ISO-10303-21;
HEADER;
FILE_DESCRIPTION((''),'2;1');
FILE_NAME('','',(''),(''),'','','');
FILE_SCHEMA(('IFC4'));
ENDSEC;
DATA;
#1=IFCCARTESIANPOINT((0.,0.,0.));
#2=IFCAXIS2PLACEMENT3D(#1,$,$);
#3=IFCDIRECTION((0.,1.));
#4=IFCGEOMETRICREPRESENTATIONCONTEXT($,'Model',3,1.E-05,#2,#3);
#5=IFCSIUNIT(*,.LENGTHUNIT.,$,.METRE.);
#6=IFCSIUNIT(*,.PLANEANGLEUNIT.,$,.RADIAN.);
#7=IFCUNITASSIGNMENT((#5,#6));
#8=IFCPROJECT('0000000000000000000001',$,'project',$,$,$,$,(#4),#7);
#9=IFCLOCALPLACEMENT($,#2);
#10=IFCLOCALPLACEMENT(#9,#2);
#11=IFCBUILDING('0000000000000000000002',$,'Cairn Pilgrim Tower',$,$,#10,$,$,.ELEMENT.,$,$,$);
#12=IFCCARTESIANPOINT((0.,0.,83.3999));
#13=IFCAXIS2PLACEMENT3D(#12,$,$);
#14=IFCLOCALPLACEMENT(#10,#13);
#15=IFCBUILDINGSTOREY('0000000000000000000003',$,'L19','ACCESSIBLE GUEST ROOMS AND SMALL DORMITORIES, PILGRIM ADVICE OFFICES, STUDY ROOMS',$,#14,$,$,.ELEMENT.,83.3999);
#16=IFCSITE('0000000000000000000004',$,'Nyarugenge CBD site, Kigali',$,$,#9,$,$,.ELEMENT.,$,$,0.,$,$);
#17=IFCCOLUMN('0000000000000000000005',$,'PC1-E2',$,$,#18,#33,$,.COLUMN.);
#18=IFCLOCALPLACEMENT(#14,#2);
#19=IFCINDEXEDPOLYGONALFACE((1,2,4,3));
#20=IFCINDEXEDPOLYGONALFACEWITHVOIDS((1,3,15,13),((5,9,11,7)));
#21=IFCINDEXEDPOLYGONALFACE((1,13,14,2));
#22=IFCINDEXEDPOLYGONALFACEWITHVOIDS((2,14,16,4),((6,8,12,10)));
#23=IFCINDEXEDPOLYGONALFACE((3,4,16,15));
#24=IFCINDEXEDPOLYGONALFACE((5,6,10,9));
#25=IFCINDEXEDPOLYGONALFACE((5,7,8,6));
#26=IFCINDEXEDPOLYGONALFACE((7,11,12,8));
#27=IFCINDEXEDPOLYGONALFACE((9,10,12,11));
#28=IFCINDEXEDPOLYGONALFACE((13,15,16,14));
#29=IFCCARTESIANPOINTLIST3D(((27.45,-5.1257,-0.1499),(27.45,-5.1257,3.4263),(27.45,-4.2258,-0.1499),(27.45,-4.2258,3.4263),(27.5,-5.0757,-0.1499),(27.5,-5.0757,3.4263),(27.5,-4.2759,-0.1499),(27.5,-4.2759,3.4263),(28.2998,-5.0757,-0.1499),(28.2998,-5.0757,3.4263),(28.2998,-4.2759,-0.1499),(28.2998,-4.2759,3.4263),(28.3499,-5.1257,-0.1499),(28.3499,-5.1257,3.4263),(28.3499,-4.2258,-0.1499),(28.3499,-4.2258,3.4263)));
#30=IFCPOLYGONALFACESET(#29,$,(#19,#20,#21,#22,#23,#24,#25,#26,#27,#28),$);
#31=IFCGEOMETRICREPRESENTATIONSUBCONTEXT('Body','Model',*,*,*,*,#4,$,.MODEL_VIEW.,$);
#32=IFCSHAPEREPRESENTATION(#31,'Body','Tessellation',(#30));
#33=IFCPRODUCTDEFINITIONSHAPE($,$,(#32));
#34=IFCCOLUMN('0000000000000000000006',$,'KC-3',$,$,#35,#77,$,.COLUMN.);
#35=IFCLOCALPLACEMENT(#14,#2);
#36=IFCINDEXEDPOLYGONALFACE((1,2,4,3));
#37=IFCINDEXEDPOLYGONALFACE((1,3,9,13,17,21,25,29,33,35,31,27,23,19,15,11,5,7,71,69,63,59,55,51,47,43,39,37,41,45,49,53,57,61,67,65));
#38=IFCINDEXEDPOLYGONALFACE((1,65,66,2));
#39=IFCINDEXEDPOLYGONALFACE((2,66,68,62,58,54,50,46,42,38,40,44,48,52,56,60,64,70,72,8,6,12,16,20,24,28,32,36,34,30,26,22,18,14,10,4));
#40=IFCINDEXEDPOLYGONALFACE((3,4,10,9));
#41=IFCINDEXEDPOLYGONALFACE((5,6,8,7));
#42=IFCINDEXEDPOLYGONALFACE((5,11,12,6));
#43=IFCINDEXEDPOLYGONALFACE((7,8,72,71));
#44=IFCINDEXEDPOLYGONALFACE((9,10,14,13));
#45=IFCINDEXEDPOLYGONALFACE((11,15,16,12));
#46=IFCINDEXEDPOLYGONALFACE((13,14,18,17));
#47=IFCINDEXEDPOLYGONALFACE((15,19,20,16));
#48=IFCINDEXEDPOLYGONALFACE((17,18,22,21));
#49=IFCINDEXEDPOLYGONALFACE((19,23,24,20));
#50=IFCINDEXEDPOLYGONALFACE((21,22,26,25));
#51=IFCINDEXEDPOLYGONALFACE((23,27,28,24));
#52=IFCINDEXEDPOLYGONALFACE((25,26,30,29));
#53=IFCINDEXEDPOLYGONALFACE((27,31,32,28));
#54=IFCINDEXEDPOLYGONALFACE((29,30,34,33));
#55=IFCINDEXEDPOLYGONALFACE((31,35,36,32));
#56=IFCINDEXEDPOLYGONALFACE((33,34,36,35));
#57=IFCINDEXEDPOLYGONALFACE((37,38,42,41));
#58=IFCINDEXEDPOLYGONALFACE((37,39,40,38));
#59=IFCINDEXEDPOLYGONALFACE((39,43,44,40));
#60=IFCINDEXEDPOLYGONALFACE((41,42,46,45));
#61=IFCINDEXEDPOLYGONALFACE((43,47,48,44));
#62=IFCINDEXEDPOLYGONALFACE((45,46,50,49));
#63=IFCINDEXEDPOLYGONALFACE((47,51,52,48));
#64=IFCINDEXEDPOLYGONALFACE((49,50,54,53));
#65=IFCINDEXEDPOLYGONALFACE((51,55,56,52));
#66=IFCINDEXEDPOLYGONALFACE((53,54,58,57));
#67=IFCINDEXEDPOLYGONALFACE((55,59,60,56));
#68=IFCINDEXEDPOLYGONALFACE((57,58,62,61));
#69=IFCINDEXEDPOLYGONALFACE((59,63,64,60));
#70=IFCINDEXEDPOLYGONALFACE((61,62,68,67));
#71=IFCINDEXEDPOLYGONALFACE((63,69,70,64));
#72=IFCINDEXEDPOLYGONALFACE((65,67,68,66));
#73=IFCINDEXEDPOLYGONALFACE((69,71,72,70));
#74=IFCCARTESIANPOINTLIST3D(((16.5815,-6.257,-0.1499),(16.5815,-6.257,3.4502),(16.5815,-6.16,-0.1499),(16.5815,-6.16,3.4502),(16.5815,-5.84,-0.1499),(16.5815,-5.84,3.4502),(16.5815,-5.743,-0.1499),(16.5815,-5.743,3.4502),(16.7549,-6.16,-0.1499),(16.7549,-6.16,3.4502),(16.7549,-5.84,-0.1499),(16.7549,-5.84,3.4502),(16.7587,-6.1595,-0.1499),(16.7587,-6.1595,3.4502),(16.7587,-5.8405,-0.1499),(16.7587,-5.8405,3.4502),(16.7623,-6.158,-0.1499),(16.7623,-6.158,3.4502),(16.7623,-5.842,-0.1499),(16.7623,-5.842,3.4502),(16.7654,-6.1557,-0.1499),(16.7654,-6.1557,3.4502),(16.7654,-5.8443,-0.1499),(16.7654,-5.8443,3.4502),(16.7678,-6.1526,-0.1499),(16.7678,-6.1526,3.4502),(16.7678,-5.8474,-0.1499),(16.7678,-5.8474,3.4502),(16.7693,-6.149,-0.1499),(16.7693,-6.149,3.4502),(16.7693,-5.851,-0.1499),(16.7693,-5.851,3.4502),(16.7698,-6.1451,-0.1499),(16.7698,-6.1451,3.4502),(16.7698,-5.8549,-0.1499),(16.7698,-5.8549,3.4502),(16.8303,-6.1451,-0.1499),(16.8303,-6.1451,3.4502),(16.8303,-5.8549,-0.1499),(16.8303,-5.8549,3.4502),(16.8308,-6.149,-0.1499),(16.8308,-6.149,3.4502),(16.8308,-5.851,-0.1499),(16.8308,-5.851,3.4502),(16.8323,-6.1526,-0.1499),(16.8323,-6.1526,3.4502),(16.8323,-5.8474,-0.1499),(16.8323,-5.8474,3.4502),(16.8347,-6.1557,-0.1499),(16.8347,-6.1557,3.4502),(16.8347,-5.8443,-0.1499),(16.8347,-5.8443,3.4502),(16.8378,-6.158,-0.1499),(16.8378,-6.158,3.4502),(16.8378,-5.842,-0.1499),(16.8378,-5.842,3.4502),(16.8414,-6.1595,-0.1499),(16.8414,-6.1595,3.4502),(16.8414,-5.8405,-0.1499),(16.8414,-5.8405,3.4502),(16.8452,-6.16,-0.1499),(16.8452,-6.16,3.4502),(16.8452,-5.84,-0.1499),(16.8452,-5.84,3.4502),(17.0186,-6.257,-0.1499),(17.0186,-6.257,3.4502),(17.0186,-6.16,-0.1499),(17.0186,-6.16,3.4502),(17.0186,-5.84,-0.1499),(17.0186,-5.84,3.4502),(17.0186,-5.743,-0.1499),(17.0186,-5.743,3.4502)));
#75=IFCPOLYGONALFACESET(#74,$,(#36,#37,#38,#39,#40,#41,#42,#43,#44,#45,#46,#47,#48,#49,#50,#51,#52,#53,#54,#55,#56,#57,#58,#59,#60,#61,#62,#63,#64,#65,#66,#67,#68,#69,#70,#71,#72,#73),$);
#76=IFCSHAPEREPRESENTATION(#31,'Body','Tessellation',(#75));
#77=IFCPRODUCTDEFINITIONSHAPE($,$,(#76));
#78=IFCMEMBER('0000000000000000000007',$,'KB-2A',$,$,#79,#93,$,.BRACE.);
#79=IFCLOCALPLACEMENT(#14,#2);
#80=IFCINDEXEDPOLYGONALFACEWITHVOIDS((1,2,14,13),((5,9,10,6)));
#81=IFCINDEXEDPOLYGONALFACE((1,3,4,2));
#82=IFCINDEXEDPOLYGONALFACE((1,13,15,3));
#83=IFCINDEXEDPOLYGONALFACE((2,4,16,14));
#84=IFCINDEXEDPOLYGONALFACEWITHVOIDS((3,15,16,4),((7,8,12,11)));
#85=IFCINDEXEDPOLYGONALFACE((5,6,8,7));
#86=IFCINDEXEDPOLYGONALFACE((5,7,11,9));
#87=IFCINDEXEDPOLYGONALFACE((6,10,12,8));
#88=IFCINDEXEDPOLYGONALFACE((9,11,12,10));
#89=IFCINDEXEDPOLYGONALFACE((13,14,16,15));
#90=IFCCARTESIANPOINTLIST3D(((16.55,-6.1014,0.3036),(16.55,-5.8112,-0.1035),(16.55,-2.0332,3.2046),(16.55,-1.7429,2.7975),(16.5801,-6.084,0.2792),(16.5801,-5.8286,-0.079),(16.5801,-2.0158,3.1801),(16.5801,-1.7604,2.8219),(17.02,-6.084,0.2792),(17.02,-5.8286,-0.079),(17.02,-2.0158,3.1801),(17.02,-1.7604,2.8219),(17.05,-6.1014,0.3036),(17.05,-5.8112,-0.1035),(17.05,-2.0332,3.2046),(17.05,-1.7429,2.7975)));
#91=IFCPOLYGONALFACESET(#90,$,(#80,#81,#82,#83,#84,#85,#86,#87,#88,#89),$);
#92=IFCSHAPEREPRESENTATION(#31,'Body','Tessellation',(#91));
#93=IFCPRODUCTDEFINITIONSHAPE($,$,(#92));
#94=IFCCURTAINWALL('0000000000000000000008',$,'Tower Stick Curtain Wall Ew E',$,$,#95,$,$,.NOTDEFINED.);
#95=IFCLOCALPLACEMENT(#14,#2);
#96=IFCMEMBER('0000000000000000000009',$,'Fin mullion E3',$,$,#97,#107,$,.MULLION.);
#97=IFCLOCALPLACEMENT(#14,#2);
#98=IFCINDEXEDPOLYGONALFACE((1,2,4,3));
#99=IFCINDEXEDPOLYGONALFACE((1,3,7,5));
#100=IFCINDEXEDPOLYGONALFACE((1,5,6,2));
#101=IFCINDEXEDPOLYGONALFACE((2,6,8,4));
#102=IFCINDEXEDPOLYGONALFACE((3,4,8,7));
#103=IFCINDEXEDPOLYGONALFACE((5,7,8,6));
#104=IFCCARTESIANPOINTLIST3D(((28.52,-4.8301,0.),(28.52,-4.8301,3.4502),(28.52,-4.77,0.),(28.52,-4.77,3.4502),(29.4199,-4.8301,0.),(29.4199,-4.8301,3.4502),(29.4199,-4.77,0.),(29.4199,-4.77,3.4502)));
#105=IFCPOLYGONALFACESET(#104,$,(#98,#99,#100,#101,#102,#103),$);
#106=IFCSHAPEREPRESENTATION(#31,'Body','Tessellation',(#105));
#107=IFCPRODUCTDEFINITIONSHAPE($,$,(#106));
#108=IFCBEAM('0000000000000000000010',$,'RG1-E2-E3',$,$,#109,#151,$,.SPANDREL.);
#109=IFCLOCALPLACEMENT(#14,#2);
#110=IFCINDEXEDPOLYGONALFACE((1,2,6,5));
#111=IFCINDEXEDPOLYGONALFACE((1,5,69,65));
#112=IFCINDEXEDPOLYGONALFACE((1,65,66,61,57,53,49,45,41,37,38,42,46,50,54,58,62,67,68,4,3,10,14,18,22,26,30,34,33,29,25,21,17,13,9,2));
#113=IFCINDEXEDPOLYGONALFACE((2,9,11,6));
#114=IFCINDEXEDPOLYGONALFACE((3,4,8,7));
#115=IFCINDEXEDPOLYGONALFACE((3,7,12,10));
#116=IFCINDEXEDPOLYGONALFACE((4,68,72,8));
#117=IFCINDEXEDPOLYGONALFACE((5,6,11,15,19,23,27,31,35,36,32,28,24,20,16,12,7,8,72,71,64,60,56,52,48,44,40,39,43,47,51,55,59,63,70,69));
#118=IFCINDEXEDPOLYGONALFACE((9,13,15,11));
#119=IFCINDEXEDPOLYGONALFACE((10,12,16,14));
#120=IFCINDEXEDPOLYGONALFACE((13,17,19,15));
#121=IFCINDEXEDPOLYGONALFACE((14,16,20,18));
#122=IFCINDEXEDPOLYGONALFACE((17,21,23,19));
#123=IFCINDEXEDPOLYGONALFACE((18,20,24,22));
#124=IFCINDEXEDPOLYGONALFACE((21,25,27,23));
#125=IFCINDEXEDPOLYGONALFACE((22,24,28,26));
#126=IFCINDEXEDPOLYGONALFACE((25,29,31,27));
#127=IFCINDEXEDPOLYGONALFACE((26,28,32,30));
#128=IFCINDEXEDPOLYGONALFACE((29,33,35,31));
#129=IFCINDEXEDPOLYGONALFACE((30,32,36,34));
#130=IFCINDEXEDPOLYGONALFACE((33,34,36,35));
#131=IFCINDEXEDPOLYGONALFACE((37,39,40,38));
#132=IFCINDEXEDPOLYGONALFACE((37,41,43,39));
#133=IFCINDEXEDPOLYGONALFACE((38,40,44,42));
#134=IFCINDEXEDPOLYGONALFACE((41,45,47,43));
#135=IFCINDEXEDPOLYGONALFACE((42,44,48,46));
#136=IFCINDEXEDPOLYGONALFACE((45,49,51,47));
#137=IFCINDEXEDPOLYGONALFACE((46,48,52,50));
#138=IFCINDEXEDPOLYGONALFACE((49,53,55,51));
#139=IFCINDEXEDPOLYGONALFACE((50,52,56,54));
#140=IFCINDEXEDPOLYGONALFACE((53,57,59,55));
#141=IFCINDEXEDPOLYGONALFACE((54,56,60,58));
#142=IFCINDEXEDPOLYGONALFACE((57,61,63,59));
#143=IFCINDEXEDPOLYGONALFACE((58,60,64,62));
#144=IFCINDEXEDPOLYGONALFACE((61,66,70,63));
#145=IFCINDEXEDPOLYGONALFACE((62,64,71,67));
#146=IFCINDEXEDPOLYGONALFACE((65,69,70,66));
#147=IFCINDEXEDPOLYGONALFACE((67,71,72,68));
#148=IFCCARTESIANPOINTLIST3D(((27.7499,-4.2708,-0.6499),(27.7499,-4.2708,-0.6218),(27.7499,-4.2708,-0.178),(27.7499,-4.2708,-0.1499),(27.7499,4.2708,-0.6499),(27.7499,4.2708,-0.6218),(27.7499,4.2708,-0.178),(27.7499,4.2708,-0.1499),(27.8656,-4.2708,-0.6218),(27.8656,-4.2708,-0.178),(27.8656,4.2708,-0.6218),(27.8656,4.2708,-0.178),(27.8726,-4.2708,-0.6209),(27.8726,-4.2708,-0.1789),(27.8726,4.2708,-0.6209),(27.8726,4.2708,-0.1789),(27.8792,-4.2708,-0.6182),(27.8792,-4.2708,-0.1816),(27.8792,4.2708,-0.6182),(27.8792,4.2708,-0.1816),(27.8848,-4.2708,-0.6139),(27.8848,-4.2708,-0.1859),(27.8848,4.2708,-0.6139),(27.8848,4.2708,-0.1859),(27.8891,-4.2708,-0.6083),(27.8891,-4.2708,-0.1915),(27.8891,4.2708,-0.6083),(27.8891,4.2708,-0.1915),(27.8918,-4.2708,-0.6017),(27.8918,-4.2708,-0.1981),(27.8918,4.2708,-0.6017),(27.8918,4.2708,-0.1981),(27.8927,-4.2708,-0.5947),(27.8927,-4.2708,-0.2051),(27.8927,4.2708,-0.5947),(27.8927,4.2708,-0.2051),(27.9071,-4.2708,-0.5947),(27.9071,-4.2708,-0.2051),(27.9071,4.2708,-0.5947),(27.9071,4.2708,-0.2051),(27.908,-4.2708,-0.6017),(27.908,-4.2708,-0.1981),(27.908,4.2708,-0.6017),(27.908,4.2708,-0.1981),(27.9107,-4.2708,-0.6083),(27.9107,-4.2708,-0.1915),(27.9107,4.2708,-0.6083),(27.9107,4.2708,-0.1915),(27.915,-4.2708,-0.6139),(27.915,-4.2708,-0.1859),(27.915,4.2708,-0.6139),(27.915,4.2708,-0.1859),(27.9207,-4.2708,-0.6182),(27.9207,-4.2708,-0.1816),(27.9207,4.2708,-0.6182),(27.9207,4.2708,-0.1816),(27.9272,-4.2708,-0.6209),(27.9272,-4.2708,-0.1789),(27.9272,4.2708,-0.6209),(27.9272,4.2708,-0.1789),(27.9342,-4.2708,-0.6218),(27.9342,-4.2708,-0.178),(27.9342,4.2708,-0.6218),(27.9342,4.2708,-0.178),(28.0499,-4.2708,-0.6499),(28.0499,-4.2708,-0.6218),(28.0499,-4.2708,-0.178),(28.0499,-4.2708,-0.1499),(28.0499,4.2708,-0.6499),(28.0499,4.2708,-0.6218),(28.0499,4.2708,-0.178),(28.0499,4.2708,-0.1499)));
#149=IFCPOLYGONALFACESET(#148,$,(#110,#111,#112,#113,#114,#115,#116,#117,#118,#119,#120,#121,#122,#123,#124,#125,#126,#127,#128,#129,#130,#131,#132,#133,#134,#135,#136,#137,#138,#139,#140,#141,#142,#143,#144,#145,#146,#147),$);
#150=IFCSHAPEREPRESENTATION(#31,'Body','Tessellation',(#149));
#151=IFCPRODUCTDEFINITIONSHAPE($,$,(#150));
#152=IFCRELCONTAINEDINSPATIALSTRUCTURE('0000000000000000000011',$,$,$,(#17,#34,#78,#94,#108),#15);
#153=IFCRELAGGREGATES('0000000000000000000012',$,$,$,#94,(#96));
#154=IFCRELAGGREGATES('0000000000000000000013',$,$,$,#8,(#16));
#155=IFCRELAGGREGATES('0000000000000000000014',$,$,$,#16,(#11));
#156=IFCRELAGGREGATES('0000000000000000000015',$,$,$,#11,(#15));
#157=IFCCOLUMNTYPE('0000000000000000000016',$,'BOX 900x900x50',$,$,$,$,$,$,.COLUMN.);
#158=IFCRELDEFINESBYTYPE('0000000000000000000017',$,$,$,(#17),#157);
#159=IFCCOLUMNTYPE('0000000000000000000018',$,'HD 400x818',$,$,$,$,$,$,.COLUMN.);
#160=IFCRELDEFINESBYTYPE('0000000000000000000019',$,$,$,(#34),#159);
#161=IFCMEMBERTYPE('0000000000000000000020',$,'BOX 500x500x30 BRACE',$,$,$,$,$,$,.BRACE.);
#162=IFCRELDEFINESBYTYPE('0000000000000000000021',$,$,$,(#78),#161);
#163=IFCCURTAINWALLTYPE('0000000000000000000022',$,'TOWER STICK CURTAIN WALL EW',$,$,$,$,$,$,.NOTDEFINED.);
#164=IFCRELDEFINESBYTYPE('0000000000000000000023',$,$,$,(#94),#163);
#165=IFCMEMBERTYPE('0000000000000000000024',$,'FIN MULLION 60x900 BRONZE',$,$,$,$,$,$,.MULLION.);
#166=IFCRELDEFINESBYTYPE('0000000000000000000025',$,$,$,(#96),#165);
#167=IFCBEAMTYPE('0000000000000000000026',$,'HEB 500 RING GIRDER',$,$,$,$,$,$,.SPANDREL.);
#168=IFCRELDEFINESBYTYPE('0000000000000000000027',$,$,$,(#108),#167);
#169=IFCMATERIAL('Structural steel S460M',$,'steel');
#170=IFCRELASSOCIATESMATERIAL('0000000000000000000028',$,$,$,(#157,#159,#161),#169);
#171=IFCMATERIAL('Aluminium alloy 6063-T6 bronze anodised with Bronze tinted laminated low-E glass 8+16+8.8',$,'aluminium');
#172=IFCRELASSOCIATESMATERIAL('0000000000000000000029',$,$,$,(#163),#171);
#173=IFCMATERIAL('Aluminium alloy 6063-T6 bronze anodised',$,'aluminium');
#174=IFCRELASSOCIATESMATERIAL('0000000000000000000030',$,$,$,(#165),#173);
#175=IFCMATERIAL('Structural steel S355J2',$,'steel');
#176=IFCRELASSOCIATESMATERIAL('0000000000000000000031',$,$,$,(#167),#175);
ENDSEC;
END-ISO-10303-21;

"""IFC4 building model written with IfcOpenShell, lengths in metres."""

from ifc_helpers import new_model, si_unit, direction, frame, origin, origin_2d, place, context, subcontext, project, spatial, rectangle, hollow_rectangle, i_section, extrude, clip, halfspace, material, material_profile, profile_set, type_object, element, aggregate, save


model = new_model("IFC4")

# Units and contexts
model_context = context("Model", 3, precision=1e-05, world=origin(), true_north=direction((0.0, 1.0)))
body_context = subcontext(model_context, "Body", "Model", "MODEL_VIEW")
ifc_project = project(units=[si_unit("LENGTHUNIT", "METRE"), si_unit("PLANEANGLEUNIT", "RADIAN")], contexts=[model_context])

# Site, building, storey
site_placement = place(None, origin())
site = spatial("IfcSite", under=ifc_project, at=site_placement, Name="Nyarugenge CBD site, Kigali", CompositionType="ELEMENT", RefElevation=0.0)
building_placement = place(site_placement, origin())
building = spatial("IfcBuilding", under=site, at=building_placement, Name="Cairn Pilgrim Tower", CompositionType="ELEMENT")
storey_placement = place(building_placement, frame((0.0, 0.0, 83.3999)))
storey = spatial("IfcBuildingStorey", under=building, at=storey_placement, Name="L19", Description="ACCESSIBLE GUEST ROOMS AND SMALL DORMITORIES, PILGRIM ADVICE OFFICES, STUDY ROOMS", CompositionType="ELEMENT", Elevation=83.3999)

# Columns
ifc_material_1 = material(Name="Structural steel S460M", Category="steel")
ifc_material_profile_1 = material_profile(ifc_material_1, hollow_rectangle(XDim=0.8999, YDim=0.8999, WallThickness=0.05, at=origin_2d()), Name="BOX 900x900x50")
ifc_profile_set_1 = profile_set([ifc_material_profile_1], Name="Structural steel S460M")
column_type_1 = type_object("IfcColumnType", Name="BOX 900x900x50", PredefinedType="COLUMN", material=ifc_profile_set_1)
column_1_placement = place(storey_placement, frame((27.8999, -4.6758, -0.1499), z_axis=(0.0, 0.0, 1.0), x_axis=(1.0, 0.0, 0.0)))
element("IfcColumn", 1, at=column_1_placement, inside=storey, type_object=column_type_1, Name="PC1-E2", PredefinedType="COLUMN", context=body_context, shape_type="Clipping", body=[
    clip(extrude(hollow_rectangle(XDim=0.8999, YDim=0.8999, WallThickness=0.05, at=origin_2d()), origin(), (0.0, 0.0, 1.0), 3.6001), halfspace(frame((0.0, 0.0, 3.5762), z_axis=(0.0, 0.0, 1.0), x_axis=(1.0, 0.0, 0.0)), False)),
])
ifc_material_profile_2 = material_profile(ifc_material_1, i_section(OverallWidth=0.437, OverallDepth=0.5139, WebThickness=0.0605, FlangeThickness=0.0969, FilletRadius=0.0149, at=origin_2d()), Name="HD 400x818")
ifc_profile_set_2 = profile_set([ifc_material_profile_2], Name="Structural steel S460M")
column_type_2 = type_object("IfcColumnType", Name="HD 400x818", PredefinedType="COLUMN", material=ifc_profile_set_2)
column_2_placement = place(storey_placement, frame((16.8, -6.0, -0.1499), z_axis=(0.0, 0.0, 1.0), x_axis=(1.0, 0.0, 0.0)))
element("IfcColumn", 2, at=column_2_placement, inside=storey, type_object=column_type_2, Name="KC-3", PredefinedType="COLUMN", context=body_context, shape_type="SweptSolid", body=[
    extrude(i_section(OverallWidth=0.437, OverallDepth=0.5139, WebThickness=0.0605, FlangeThickness=0.0969, FilletRadius=0.0149, at=origin_2d()), origin(), (0.0, 0.0, 1.0), 3.6001),
])

# Member
ifc_material_profile_3 = material_profile(ifc_material_1, hollow_rectangle(XDim=0.5, YDim=0.5, WallThickness=0.03, at=origin_2d()), Name="BOX 500x500x30")
ifc_profile_set_3 = profile_set([ifc_material_profile_3], Name="Structural steel S460M")
member_type_1 = type_object("IfcMemberType", Name="BOX 500x500x30 BRACE", PredefinedType="BRACE", material=ifc_profile_set_3)
member_1_placement = place(storey_placement, frame((16.8, -5.9563, 0.1001), z_axis=(0.0, 0.814199, 0.580586), x_axis=(-1.0, 0.0, 0.0)))
element("IfcMember", 3, at=member_1_placement, inside=storey, type_object=member_type_1, Name="KB-2A", PredefinedType="BRACE", context=body_context, shape_type="SweptSolid", body=[
    extrude(hollow_rectangle(XDim=0.5, YDim=0.5, WallThickness=0.03, at=origin_2d()), origin(), (0.0, 0.0, 1.0), 4.9966),
])

# Curtain wall, member
ifc_material_2 = material(Name="Aluminium alloy 6063-T6 bronze anodised with Bronze tinted laminated low-E glass 8+16+8.8", Category="aluminium")
curtain_wall_type = type_object("IfcCurtainWallType", Name="TOWER STICK CURTAIN WALL EW", PredefinedType="NOTDEFINED", material=ifc_material_2)
curtain_wall_placement = place(storey_placement, origin())
curtain_wall = element("IfcCurtainWall", 4, at=curtain_wall_placement, inside=storey, type_object=curtain_wall_type, Name="Tower Stick Curtain Wall Ew E", PredefinedType="NOTDEFINED")
ifc_material_3 = material(Name="Aluminium alloy 6063-T6 bronze anodised", Category="aluminium")
ifc_material_profile_4 = material_profile(ifc_material_3, rectangle(XDim=0.8999, YDim=0.0601, at=origin_2d()), Name="FIN MULLION 60x900 BRONZE")
ifc_profile_set_4 = profile_set([ifc_material_profile_4], Name="Aluminium alloy 6063-T6 bronze anodised")
member_type_2 = type_object("IfcMemberType", Name="FIN MULLION 60x900 BRONZE", PredefinedType="MULLION", material=ifc_profile_set_4)
member_2_placement = place(storey_placement, frame((28.97, -4.8, 0.0), z_axis=(0.0, 0.0, 1.0), x_axis=(1.0, 0.0, 0.0)))
member_2 = element("IfcMember", 5, at=member_2_placement, type_object=member_type_2, Name="Fin mullion E3", PredefinedType="MULLION", context=body_context, shape_type="SweptSolid", body=[
    extrude(rectangle(XDim=0.8999, YDim=0.0601, at=origin_2d()), origin(), (0.0, 0.0, 1.0), 3.4502),
])
aggregate(curtain_wall, [member_2])

# Beam
ifc_material_4 = material(Name="Structural steel S355J2", Category="steel")
ifc_material_profile_5 = material_profile(ifc_material_4, i_section(OverallWidth=0.3, OverallDepth=0.5, WebThickness=0.0144, FlangeThickness=0.0281, FilletRadius=0.0271, at=origin_2d()), Name="HEB 500")
ifc_profile_set_5 = profile_set([ifc_material_profile_5], Name="Structural steel S355J2")
beam_type_1 = type_object("IfcBeamType", Name="HEB 500 RING GIRDER", PredefinedType="SPANDREL", material=ifc_profile_set_5)
beam_1_placement = place(storey_placement, frame((27.8999, -4.2708, -0.3999), z_axis=(0.0, 1.0, 0.0), x_axis=(-1.0, 0.0, 0.0)))
element("IfcBeam", 6, at=beam_1_placement, inside=storey, type_object=beam_type_1, Name="RG1-E2-E3", PredefinedType="SPANDREL", context=body_context, shape_type="SweptSolid", body=[
    extrude(i_section(OverallWidth=0.3, OverallDepth=0.5, WebThickness=0.0144, FlangeThickness=0.0281, FilletRadius=0.0271, at=origin_2d()), origin(), (0.0, 0.0, 1.0), 8.5415),
])

save(model, "model.ifc")
